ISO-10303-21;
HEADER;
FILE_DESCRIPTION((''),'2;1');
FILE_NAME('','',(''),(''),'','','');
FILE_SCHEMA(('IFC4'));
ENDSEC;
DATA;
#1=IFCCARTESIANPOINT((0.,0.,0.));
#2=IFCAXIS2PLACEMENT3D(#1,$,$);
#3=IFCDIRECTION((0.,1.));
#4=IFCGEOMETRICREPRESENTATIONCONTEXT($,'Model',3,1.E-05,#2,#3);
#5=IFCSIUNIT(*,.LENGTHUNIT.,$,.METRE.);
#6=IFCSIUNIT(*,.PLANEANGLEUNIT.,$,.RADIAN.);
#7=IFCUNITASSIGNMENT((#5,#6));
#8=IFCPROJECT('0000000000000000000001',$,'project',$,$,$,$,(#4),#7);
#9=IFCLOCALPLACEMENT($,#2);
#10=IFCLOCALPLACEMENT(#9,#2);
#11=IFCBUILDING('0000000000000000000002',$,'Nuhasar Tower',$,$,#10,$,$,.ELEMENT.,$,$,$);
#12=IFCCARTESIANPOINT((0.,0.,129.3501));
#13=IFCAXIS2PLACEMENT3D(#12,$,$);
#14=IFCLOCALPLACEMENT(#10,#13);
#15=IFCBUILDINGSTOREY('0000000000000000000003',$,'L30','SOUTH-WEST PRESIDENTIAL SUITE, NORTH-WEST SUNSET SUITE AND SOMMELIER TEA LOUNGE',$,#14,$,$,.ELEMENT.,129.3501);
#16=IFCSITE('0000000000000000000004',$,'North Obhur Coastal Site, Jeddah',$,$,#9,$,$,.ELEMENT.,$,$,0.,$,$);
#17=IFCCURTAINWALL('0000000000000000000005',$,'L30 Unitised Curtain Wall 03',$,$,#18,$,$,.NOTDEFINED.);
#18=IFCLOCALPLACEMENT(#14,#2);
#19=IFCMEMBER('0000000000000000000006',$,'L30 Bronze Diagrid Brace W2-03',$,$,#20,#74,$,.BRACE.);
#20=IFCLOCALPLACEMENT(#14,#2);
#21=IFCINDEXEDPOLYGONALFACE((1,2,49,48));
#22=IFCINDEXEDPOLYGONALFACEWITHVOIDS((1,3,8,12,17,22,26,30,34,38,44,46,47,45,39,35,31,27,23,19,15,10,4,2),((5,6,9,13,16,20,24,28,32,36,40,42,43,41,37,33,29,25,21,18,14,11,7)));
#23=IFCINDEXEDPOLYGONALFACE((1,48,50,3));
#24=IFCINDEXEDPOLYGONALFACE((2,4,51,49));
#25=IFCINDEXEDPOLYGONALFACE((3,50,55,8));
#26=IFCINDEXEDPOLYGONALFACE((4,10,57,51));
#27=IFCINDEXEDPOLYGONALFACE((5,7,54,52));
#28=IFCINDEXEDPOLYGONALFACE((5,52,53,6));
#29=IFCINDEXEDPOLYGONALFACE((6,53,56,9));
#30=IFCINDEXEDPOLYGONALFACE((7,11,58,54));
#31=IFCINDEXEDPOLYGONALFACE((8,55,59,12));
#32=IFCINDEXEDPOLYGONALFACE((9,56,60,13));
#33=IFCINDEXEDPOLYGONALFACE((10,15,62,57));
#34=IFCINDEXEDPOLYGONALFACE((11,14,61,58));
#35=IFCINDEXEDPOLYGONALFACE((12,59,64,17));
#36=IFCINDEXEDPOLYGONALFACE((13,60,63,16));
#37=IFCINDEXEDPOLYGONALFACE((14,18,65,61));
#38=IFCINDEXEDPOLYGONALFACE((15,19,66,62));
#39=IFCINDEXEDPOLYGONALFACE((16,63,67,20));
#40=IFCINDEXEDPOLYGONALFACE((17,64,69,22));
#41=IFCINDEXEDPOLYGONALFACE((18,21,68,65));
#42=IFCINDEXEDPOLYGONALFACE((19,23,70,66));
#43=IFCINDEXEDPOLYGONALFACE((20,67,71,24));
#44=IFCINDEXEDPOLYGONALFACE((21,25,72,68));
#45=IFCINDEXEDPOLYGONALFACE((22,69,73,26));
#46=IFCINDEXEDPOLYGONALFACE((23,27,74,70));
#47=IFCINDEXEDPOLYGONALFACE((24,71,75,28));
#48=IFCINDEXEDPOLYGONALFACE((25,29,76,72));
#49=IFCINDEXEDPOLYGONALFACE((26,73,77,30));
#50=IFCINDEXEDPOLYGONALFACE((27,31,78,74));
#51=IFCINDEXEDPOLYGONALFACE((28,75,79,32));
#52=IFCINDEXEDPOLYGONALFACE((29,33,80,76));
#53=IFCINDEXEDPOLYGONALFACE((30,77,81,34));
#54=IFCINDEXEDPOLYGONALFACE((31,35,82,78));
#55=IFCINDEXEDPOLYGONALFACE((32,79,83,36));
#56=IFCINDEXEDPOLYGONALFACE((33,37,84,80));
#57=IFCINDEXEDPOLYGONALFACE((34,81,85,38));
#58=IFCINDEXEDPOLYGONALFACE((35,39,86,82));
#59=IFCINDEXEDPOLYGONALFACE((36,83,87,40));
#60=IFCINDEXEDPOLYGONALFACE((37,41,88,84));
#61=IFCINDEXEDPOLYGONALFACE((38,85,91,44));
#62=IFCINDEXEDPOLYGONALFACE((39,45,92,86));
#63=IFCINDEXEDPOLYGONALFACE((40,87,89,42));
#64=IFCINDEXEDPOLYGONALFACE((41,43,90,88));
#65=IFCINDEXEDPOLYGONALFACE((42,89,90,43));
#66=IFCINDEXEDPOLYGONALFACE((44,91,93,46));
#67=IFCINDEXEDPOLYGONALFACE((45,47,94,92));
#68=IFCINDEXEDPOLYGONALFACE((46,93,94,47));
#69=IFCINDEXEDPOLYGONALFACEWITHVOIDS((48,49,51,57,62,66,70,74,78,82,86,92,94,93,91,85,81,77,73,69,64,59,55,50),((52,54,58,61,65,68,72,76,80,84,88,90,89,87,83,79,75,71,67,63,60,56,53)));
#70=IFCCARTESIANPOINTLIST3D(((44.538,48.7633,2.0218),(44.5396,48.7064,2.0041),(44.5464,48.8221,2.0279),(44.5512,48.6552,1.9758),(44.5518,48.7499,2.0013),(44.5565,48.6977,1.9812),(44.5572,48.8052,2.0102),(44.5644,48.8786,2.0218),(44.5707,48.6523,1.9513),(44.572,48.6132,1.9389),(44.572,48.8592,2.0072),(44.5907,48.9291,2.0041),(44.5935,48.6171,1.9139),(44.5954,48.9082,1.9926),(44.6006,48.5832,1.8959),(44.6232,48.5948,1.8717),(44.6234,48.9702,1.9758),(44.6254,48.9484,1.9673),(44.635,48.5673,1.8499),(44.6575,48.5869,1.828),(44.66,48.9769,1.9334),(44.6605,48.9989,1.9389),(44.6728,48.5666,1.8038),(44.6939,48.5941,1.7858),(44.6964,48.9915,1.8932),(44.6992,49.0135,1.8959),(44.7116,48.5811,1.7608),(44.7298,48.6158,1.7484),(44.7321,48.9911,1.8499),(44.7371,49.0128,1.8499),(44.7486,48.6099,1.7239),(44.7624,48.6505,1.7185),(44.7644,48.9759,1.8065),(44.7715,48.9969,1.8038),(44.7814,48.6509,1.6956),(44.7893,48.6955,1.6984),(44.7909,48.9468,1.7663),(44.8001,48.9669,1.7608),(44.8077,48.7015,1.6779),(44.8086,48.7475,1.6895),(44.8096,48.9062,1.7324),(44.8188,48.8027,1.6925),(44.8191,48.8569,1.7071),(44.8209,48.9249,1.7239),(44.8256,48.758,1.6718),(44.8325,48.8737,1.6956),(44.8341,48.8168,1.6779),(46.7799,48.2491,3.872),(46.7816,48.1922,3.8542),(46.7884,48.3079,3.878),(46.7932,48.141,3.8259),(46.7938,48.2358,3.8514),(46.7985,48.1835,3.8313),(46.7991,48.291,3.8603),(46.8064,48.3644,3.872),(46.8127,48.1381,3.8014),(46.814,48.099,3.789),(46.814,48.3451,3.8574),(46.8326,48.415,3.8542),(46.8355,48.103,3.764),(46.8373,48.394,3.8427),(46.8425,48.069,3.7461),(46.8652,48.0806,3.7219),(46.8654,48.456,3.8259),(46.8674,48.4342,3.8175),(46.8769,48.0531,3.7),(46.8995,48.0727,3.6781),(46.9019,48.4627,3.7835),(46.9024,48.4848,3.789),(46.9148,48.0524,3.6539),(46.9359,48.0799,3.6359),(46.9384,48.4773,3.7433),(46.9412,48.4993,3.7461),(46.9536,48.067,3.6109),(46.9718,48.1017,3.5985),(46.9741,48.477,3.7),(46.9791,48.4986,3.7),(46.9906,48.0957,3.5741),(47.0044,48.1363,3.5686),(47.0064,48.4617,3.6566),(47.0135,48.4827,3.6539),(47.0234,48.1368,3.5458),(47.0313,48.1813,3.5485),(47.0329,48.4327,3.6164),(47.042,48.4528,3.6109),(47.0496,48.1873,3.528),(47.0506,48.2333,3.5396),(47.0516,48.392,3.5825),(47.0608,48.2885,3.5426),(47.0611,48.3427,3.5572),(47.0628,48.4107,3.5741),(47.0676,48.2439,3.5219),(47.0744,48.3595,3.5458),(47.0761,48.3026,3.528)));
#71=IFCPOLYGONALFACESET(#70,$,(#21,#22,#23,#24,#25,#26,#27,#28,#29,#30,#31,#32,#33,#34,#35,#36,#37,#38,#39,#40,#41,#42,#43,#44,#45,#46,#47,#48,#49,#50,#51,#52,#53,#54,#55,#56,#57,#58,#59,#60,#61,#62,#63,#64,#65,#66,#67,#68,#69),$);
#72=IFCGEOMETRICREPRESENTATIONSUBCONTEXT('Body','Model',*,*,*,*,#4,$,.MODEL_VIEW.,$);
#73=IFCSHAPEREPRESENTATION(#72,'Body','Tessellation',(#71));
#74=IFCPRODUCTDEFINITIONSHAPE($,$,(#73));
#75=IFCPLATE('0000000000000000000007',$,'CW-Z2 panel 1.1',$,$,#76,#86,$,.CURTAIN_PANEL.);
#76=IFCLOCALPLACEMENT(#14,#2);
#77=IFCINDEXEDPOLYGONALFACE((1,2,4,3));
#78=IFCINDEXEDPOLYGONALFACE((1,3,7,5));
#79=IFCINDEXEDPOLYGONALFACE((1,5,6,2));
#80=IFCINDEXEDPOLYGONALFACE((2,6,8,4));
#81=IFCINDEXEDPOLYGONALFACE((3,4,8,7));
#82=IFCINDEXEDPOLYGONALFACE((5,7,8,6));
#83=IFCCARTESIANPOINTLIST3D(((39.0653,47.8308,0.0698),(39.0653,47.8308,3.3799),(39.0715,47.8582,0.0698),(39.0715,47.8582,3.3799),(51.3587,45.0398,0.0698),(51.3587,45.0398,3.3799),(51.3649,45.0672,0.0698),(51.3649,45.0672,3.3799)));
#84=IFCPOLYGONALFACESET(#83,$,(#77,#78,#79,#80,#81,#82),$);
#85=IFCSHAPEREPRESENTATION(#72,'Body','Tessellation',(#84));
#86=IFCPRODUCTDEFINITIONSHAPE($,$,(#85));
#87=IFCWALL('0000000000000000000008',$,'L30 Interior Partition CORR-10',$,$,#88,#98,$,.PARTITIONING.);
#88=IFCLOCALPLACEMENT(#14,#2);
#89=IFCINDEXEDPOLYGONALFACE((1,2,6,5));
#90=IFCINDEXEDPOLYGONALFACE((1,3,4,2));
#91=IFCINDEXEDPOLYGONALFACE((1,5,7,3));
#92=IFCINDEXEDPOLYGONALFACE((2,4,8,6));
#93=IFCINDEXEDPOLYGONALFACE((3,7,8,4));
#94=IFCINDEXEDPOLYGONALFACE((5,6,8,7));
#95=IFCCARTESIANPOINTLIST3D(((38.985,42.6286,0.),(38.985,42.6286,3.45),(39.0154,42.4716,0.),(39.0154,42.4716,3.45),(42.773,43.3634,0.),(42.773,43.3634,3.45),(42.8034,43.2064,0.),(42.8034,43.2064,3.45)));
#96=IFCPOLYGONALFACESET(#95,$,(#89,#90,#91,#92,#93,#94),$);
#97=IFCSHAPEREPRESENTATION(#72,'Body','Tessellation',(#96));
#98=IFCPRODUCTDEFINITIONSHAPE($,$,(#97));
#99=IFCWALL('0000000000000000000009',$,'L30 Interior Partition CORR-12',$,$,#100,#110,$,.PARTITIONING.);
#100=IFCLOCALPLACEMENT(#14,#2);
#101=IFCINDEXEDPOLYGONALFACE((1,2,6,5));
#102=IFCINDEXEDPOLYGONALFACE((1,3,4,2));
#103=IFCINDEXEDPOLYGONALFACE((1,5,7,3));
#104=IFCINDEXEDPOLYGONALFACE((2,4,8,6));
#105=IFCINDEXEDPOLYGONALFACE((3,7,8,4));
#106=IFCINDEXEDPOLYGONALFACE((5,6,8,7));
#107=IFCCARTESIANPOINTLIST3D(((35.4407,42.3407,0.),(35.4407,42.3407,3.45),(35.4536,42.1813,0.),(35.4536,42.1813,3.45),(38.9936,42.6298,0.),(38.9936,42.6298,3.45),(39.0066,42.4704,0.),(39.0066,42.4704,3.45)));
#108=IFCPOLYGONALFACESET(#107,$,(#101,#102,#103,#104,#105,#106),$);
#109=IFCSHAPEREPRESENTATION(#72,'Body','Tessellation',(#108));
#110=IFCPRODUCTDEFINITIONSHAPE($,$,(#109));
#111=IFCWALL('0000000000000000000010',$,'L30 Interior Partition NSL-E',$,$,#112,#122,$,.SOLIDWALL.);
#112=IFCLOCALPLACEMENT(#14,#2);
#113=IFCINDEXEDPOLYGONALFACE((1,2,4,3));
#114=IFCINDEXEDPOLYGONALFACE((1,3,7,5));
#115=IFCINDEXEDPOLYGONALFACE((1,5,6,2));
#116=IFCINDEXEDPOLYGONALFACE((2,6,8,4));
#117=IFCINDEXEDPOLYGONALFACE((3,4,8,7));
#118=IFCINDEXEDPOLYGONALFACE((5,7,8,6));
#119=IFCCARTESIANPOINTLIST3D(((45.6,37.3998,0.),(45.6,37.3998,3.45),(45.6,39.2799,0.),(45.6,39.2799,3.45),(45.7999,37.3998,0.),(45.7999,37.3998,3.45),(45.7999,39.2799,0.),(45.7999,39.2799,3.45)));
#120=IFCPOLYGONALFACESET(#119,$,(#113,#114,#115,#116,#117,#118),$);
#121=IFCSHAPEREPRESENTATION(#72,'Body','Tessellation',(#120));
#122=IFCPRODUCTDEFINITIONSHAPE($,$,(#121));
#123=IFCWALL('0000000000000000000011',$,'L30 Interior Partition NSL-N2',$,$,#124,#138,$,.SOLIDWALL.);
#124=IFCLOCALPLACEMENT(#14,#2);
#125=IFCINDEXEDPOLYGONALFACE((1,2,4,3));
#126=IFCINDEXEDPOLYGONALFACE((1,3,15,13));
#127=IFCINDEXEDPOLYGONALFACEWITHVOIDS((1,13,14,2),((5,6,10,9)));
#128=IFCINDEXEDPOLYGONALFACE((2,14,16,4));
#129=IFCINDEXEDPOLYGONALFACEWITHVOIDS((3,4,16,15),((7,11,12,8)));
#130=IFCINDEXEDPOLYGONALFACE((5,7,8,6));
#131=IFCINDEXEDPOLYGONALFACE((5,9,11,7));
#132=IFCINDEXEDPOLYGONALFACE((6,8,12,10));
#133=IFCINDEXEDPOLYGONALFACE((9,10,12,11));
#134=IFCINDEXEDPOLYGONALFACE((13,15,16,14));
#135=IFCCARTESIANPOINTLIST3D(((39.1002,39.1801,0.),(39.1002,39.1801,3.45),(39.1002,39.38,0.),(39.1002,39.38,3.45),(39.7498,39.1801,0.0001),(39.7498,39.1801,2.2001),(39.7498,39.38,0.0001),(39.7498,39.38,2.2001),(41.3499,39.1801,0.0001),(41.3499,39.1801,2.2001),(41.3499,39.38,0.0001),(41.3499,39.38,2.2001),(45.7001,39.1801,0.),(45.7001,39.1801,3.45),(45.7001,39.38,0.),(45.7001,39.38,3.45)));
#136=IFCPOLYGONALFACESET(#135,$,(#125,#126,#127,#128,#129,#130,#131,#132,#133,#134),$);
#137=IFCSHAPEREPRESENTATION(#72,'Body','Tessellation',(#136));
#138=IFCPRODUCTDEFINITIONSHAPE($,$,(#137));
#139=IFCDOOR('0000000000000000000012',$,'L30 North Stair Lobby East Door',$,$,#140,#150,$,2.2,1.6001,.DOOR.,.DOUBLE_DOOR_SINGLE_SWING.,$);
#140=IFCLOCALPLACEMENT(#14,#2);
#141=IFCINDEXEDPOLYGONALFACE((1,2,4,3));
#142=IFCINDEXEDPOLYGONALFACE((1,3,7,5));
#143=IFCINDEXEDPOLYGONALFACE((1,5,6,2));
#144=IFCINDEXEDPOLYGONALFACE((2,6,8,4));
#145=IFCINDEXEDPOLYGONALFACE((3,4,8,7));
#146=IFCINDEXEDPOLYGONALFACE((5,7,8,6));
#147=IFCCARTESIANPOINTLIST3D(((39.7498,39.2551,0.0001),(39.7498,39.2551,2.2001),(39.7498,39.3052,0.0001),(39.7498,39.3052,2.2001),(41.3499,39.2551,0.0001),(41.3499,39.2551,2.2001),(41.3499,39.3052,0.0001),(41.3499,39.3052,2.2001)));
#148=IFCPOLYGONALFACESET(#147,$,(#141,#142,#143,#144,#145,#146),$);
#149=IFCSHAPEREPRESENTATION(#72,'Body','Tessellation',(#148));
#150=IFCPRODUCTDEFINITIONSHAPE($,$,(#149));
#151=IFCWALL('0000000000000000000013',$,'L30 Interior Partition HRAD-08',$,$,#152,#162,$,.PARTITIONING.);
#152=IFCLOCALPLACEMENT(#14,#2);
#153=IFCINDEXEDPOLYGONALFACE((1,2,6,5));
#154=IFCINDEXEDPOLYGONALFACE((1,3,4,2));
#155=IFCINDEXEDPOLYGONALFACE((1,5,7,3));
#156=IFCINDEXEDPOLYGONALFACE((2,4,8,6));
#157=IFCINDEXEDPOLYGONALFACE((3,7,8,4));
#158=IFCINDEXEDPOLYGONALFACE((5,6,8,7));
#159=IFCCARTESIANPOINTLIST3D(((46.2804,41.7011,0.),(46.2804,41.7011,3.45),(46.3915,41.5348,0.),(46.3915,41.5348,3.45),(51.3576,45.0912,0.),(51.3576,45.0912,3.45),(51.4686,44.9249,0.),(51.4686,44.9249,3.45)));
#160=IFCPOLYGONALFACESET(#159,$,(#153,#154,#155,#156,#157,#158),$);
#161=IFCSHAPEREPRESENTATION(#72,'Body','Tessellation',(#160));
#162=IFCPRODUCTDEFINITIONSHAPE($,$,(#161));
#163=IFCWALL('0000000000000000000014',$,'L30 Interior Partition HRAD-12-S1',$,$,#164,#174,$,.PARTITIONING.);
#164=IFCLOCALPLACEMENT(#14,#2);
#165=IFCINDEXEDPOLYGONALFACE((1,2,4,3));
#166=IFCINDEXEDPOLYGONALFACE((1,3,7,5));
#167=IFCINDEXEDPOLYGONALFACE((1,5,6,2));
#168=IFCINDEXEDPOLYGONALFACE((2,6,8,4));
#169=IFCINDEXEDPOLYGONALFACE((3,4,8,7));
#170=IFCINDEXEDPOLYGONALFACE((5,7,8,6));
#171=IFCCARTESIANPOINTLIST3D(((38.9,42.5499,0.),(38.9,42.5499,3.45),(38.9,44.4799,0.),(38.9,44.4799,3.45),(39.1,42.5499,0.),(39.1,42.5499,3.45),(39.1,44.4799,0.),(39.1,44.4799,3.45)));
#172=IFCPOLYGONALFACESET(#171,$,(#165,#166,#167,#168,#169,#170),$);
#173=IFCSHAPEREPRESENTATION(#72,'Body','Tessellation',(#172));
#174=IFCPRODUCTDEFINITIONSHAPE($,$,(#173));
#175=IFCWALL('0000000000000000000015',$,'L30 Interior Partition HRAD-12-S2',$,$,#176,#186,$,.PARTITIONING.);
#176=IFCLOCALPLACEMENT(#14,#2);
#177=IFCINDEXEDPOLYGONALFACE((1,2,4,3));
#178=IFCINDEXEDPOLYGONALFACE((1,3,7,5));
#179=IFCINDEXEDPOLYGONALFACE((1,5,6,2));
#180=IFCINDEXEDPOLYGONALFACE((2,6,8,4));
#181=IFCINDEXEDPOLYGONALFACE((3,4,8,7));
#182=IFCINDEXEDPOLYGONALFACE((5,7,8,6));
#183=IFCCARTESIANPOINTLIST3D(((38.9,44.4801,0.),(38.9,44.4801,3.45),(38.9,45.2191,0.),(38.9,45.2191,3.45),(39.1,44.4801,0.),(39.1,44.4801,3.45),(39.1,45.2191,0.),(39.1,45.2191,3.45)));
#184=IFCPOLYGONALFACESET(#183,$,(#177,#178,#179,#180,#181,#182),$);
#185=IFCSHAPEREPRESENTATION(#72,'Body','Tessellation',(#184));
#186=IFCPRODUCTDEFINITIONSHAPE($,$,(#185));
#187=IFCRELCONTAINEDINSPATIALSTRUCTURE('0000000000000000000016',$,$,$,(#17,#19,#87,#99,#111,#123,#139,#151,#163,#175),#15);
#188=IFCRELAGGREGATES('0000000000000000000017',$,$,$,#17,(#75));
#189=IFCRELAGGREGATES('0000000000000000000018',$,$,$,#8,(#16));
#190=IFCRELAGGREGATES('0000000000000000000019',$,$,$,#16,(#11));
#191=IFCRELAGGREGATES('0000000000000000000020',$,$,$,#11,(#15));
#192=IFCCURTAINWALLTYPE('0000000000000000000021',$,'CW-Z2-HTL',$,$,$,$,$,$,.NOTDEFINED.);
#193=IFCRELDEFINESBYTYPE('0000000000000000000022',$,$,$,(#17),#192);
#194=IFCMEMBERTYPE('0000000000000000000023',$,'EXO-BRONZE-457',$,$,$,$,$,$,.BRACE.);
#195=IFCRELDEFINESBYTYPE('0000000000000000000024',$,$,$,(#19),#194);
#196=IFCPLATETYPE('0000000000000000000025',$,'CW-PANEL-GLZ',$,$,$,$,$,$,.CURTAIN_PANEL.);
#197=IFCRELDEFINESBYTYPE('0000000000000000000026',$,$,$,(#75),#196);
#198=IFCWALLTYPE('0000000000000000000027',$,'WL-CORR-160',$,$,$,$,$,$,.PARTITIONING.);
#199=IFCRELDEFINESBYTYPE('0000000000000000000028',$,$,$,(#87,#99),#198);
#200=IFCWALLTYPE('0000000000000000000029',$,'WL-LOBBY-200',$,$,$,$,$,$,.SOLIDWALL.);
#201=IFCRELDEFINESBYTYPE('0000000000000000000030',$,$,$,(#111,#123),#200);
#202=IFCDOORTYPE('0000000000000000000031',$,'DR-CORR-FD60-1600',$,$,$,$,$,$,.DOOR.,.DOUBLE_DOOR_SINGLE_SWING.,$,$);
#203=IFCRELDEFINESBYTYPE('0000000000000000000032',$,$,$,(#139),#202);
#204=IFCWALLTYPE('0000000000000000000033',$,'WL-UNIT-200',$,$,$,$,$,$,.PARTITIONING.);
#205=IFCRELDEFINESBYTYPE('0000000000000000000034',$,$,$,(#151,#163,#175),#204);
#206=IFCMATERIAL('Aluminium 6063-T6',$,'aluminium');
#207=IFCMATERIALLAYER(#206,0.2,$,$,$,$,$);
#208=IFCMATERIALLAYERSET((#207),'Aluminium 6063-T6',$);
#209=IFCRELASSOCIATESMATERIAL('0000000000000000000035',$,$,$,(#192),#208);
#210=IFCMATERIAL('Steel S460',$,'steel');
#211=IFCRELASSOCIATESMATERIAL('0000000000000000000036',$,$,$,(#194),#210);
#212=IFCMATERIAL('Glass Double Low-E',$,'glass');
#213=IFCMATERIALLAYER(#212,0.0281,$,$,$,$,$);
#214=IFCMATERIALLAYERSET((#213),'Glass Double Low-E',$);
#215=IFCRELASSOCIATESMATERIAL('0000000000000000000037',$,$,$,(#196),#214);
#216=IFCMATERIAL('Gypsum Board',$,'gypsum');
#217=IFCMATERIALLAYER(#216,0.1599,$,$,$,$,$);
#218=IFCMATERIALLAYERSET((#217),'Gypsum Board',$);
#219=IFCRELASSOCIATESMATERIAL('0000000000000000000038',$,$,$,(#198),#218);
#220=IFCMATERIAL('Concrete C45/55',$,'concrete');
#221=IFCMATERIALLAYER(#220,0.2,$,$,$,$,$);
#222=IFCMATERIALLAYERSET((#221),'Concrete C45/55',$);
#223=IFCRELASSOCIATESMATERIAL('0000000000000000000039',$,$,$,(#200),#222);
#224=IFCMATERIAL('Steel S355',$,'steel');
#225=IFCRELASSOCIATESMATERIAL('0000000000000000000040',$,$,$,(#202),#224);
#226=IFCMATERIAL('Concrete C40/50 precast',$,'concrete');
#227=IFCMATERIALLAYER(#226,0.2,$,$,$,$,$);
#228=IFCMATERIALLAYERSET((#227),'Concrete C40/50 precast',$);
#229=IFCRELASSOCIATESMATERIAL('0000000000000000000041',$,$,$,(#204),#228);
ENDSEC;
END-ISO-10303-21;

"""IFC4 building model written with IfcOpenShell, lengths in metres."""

from ifc_helpers import new_model, si_unit, direction, frame, frame_2d, origin, origin_2d, place, context, subcontext, project, spatial, rectangle, hollow_circle, extrude, material, layer, layer_set, material_profile, profile_set, type_object, element, fill, aggregate, save


model = new_model("IFC4")

# Units and contexts
model_context = context("Model", 3, precision=1e-05, world=origin(), true_north=direction((0.0, 1.0)))
body_context = subcontext(model_context, "Body", "Model", "MODEL_VIEW")
ifc_project = project(units=[si_unit("LENGTHUNIT", "METRE"), si_unit("PLANEANGLEUNIT", "RADIAN")], contexts=[model_context])

# Site, building, storey
site_placement = place(None, origin())
site = spatial("IfcSite", under=ifc_project, at=site_placement, Name="North Obhur Coastal Site, Jeddah", CompositionType="ELEMENT", RefElevation=0.0)
building_placement = place(site_placement, origin())
building = spatial("IfcBuilding", under=site, at=building_placement, Name="Nuhasar Tower", CompositionType="ELEMENT")
storey_placement = place(building_placement, frame((0.0, 0.0, 129.3501)))
storey = spatial("IfcBuildingStorey", under=building, at=storey_placement, Name="L30", Description="SOUTH-WEST PRESIDENTIAL SUITE, NORTH-WEST SUNSET SUITE AND SOMMELIER TEA LOUNGE", CompositionType="ELEMENT", Elevation=129.3501)

# Shared definitions
ifc_material_1 = material(Name="Steel S355", Category="steel")

# Curtain wall
ifc_material_2 = material(Name="Aluminium 6063-T6", Category="aluminium")
ifc_layer_1 = layer(ifc_material_2, 0.2)
ifc_layer_set_1 = layer_set([ifc_layer_1], Name="Aluminium 6063-T6")
curtain_wall_type = type_object("IfcCurtainWallType", Name="CW-Z2-HTL", PredefinedType="NOTDEFINED", material=ifc_layer_set_1)
curtain_wall_placement = place(storey_placement, origin())
curtain_wall = element("IfcCurtainWall", 1, at=curtain_wall_placement, inside=storey, type_object=curtain_wall_type, Name="L30 Unitised Curtain Wall 03", PredefinedType="NOTDEFINED")

# Member
ifc_material_3 = material(Name="Steel S460", Category="steel")
ifc_material_profile_1 = material_profile(ifc_material_3, hollow_circle(Radius=0.2285, WallThickness=0.0222, at=origin_2d()), Name="HSS457X22.2")
ifc_profile_set_1 = profile_set([ifc_material_profile_1], Name="Steel S460")
member_type_1 = type_object("IfcMemberType", Name="EXO-BRONZE-457", PredefinedType="BRACE", material=ifc_profile_set_1)
member_1_placement = place(storey_placement, frame((44.686, 48.79, 1.8499), z_axis=(0.7595, -0.174181, 0.626755), x_axis=(0.223534, 0.974696, 0.0)))
element("IfcMember", 2, at=member_1_placement, inside=storey, type_object=member_type_1, Name="L30 Bronze Diagrid Brace W2-03", PredefinedType="BRACE", context=body_context, shape_type="SweptSolid", body=[
    extrude(hollow_circle(Radius=0.2285, WallThickness=0.0222, at=origin_2d()), origin(), (0.0, 0.0, 1.0), 2.9519),
])

# Plate
ifc_material_4 = material(Name="Glass Double Low-E", Category="glass")
ifc_layer_2 = layer(ifc_material_4, 0.0281)
ifc_layer_set_2 = layer_set([ifc_layer_2], Name="Glass Double Low-E")
plate_type = type_object("IfcPlateType", Name="CW-PANEL-GLZ", PredefinedType="CURTAIN_PANEL", material=ifc_layer_set_2)
plate_placement = place(storey_placement, frame((45.2151, 46.449, 0.0698), z_axis=(0.0, 0.0, 1.0), x_axis=(-0.975184, 0.221397, 0.0)))
plate = element("IfcPlate", 3, at=plate_placement, type_object=plate_type, Name="CW-Z2 panel 1.1", PredefinedType="CURTAIN_PANEL", context=body_context, shape_type="SweptSolid", body=[
    extrude(rectangle(XDim=12.6062, YDim=0.0281, at=origin_2d()), origin(), (0.0, 0.0, 1.0), 3.3101),
])
aggregate(curtain_wall, [plate])

# Shared definitions
ifc_material_5 = material(Name="Gypsum Board", Category="gypsum")
ifc_layer_3 = layer(ifc_material_5, 0.1599)
ifc_layer_set_3 = layer_set([ifc_layer_3], Name="Gypsum Board")
wall_type_1 = type_object("IfcWallType", Name="WL-CORR-160", PredefinedType="PARTITIONING", material=ifc_layer_set_3)

# Walls
wall_1_placement = place(storey_placement, frame((42.7881, 43.2849, 0.0), z_axis=(0.0, 0.0, 1.0), x_axis=(-0.981698, -0.190443, 0.0)))
element("IfcWall", 4, at=wall_1_placement, inside=storey, type_object=wall_type_1, Name="L30 Interior Partition CORR-10", PredefinedType="PARTITIONING", context=body_context, shape_type="SweptSolid", body=[
    extrude(rectangle(XDim=3.8586, YDim=0.1599, at=frame_2d((1.9292, 0.0))), origin(), (0.0, 0.0, 1.0), 3.45),
])
wall_2_placement = place(storey_placement, frame((39.0, 42.55, 0.0), z_axis=(0.0, 0.0, 1.0), x_axis=(-0.996707, -0.08109, 0.0)))
element("IfcWall", 5, at=wall_2_placement, inside=storey, type_object=wall_type_1, Name="L30 Interior Partition CORR-12", PredefinedType="PARTITIONING", context=body_context, shape_type="SweptSolid", body=[
    extrude(rectangle(XDim=3.5647, YDim=0.1599, at=frame_2d((1.7822, 0.0))), origin(), (0.0, 0.0, 1.0), 3.45),
])
ifc_material_6 = material(Name="Concrete C45/55", Category="concrete")
ifc_layer_4 = layer(ifc_material_6, 0.2)
ifc_layer_set_4 = layer_set([ifc_layer_4], Name="Concrete C45/55")
wall_type_2 = type_object("IfcWallType", Name="WL-LOBBY-200", PredefinedType="SOLIDWALL", material=ifc_layer_set_4)
wall_3_placement = place(storey_placement, frame((45.7, 37.3999, 0.0), z_axis=(0.0, 0.0, 1.0), x_axis=(0.0, 1.0, 0.0)))
element("IfcWall", 6, at=wall_3_placement, inside=storey, type_object=wall_type_2, Name="L30 Interior Partition NSL-E", PredefinedType="SOLIDWALL", context=body_context, shape_type="SweptSolid", body=[
    extrude(rectangle(XDim=1.8801, YDim=0.2, at=frame_2d((0.9399, 0.0))), origin(), (0.0, 0.0, 1.0), 3.45),
])

# Wall, opening, door
wall_4_placement = place(storey_placement, frame((45.7, 39.28, 0.0), z_axis=(0.0, 0.0, 1.0), x_axis=(-1.0, 0.0, 0.0)))
wall_4 = element("IfcWall", 7, at=wall_4_placement, inside=storey, type_object=wall_type_2, Name="L30 Interior Partition NSL-N2", PredefinedType="SOLIDWALL", context=body_context, shape_type="SweptSolid", body=[
    extrude(rectangle(XDim=6.5999, YDim=0.2, at=frame_2d((3.2998, 0.0))), origin(), (0.0, 0.0, 1.0), 3.45),
])
opening_1_placement = place(wall_4_placement, frame((4.3501, 0.0, 0.0)))
opening_1 = element("IfcOpeningElement", 8, at=opening_1_placement, cuts=wall_4, PredefinedType="OPENING", context=body_context, shape_type="SweptSolid", body=[
    extrude(rectangle(XDim=1.6001, YDim=2.2, at=frame_2d((0.8, 1.1001))), frame((0.0, 0.1099, 0.0), z_axis=(0.0, -1.0, 0.0), x_axis=(1.0, 0.0, 0.0)), (0.0, 0.0, 1.0), 0.22),
])
door_type_1 = type_object("IfcDoorType", Name="DR-CORR-FD60-1600", OperationType="DOUBLE_DOOR_SINGLE_SWING", PredefinedType="DOOR", material=ifc_material_1)
door_1_placement = place(opening_1_placement, origin())
door_1 = element("IfcDoor", 9, at=door_1_placement, inside=storey, type_object=door_type_1, Name="L30 North Stair Lobby East Door", OperationType="DOUBLE_DOOR_SINGLE_SWING", OverallHeight=2.2, OverallWidth=1.6001, PredefinedType="DOOR", context=body_context, shape_type="SweptSolid", body=[
    extrude(rectangle(XDim=1.6001, YDim=2.2, at=frame_2d((0.8, 1.1001))), frame((0.0, 0.0249, 0.0), z_axis=(0.0, -1.0, 0.0), x_axis=(1.0, 0.0, 0.0)), (0.0, 0.0, 1.0), 0.05),
])
fill(opening_1, door_1)

# Walls
ifc_material_7 = material(Name="Concrete C40/50 precast", Category="concrete")
ifc_layer_5 = layer(ifc_material_7, 0.2)
ifc_layer_set_5 = layer_set([ifc_layer_5], Name="Concrete C40/50 precast")
wall_type_3 = type_object("IfcWallType", Name="WL-UNIT-200", PredefinedType="PARTITIONING", material=ifc_layer_set_5)
wall_5_placement = place(storey_placement, frame((46.3359, 41.6179, 0.0), z_axis=(0.0, 0.0, 1.0), x_axis=(0.831644, 0.555309, 0.0)))
element("IfcWall", 10, at=wall_5_placement, inside=storey, type_object=wall_type_3, Name="L30 Interior Partition HRAD-08", PredefinedType="PARTITIONING", context=body_context, shape_type="SweptSolid", body=[
    extrude(rectangle(XDim=6.105, YDim=0.2, at=frame_2d((3.0525, 0.0))), origin(), (0.0, 0.0, 1.0), 3.45),
])
wall_6_placement = place(storey_placement, frame((39.0, 42.55, 0.0), z_axis=(0.0, 0.0, 1.0), x_axis=(0.0, 1.0, 0.0)))
element("IfcWall", 11, at=wall_6_placement, inside=storey, type_object=wall_type_3, Name="L30 Interior Partition HRAD-12-S1", PredefinedType="PARTITIONING", context=body_context, shape_type="SweptSolid", body=[
    extrude(rectangle(XDim=1.9299, YDim=0.2, at=frame_2d((0.9648, 0.0))), origin(), (0.0, 0.0, 1.0), 3.45),
])
wall_7_placement = place(storey_placement, frame((39.0, 44.48, 0.0), z_axis=(0.0, 0.0, 1.0), x_axis=(0.0, 1.0, 0.0)))
element("IfcWall", 12, at=wall_7_placement, inside=storey, type_object=wall_type_3, Name="L30 Interior Partition HRAD-12-S2", PredefinedType="PARTITIONING", context=body_context, shape_type="SweptSolid", body=[
    extrude(rectangle(XDim=0.739, YDim=0.2, at=frame_2d((0.3696, 0.0))), origin(), (0.0, 0.0, 1.0), 3.45),
])

save(model, "model.ifc")
